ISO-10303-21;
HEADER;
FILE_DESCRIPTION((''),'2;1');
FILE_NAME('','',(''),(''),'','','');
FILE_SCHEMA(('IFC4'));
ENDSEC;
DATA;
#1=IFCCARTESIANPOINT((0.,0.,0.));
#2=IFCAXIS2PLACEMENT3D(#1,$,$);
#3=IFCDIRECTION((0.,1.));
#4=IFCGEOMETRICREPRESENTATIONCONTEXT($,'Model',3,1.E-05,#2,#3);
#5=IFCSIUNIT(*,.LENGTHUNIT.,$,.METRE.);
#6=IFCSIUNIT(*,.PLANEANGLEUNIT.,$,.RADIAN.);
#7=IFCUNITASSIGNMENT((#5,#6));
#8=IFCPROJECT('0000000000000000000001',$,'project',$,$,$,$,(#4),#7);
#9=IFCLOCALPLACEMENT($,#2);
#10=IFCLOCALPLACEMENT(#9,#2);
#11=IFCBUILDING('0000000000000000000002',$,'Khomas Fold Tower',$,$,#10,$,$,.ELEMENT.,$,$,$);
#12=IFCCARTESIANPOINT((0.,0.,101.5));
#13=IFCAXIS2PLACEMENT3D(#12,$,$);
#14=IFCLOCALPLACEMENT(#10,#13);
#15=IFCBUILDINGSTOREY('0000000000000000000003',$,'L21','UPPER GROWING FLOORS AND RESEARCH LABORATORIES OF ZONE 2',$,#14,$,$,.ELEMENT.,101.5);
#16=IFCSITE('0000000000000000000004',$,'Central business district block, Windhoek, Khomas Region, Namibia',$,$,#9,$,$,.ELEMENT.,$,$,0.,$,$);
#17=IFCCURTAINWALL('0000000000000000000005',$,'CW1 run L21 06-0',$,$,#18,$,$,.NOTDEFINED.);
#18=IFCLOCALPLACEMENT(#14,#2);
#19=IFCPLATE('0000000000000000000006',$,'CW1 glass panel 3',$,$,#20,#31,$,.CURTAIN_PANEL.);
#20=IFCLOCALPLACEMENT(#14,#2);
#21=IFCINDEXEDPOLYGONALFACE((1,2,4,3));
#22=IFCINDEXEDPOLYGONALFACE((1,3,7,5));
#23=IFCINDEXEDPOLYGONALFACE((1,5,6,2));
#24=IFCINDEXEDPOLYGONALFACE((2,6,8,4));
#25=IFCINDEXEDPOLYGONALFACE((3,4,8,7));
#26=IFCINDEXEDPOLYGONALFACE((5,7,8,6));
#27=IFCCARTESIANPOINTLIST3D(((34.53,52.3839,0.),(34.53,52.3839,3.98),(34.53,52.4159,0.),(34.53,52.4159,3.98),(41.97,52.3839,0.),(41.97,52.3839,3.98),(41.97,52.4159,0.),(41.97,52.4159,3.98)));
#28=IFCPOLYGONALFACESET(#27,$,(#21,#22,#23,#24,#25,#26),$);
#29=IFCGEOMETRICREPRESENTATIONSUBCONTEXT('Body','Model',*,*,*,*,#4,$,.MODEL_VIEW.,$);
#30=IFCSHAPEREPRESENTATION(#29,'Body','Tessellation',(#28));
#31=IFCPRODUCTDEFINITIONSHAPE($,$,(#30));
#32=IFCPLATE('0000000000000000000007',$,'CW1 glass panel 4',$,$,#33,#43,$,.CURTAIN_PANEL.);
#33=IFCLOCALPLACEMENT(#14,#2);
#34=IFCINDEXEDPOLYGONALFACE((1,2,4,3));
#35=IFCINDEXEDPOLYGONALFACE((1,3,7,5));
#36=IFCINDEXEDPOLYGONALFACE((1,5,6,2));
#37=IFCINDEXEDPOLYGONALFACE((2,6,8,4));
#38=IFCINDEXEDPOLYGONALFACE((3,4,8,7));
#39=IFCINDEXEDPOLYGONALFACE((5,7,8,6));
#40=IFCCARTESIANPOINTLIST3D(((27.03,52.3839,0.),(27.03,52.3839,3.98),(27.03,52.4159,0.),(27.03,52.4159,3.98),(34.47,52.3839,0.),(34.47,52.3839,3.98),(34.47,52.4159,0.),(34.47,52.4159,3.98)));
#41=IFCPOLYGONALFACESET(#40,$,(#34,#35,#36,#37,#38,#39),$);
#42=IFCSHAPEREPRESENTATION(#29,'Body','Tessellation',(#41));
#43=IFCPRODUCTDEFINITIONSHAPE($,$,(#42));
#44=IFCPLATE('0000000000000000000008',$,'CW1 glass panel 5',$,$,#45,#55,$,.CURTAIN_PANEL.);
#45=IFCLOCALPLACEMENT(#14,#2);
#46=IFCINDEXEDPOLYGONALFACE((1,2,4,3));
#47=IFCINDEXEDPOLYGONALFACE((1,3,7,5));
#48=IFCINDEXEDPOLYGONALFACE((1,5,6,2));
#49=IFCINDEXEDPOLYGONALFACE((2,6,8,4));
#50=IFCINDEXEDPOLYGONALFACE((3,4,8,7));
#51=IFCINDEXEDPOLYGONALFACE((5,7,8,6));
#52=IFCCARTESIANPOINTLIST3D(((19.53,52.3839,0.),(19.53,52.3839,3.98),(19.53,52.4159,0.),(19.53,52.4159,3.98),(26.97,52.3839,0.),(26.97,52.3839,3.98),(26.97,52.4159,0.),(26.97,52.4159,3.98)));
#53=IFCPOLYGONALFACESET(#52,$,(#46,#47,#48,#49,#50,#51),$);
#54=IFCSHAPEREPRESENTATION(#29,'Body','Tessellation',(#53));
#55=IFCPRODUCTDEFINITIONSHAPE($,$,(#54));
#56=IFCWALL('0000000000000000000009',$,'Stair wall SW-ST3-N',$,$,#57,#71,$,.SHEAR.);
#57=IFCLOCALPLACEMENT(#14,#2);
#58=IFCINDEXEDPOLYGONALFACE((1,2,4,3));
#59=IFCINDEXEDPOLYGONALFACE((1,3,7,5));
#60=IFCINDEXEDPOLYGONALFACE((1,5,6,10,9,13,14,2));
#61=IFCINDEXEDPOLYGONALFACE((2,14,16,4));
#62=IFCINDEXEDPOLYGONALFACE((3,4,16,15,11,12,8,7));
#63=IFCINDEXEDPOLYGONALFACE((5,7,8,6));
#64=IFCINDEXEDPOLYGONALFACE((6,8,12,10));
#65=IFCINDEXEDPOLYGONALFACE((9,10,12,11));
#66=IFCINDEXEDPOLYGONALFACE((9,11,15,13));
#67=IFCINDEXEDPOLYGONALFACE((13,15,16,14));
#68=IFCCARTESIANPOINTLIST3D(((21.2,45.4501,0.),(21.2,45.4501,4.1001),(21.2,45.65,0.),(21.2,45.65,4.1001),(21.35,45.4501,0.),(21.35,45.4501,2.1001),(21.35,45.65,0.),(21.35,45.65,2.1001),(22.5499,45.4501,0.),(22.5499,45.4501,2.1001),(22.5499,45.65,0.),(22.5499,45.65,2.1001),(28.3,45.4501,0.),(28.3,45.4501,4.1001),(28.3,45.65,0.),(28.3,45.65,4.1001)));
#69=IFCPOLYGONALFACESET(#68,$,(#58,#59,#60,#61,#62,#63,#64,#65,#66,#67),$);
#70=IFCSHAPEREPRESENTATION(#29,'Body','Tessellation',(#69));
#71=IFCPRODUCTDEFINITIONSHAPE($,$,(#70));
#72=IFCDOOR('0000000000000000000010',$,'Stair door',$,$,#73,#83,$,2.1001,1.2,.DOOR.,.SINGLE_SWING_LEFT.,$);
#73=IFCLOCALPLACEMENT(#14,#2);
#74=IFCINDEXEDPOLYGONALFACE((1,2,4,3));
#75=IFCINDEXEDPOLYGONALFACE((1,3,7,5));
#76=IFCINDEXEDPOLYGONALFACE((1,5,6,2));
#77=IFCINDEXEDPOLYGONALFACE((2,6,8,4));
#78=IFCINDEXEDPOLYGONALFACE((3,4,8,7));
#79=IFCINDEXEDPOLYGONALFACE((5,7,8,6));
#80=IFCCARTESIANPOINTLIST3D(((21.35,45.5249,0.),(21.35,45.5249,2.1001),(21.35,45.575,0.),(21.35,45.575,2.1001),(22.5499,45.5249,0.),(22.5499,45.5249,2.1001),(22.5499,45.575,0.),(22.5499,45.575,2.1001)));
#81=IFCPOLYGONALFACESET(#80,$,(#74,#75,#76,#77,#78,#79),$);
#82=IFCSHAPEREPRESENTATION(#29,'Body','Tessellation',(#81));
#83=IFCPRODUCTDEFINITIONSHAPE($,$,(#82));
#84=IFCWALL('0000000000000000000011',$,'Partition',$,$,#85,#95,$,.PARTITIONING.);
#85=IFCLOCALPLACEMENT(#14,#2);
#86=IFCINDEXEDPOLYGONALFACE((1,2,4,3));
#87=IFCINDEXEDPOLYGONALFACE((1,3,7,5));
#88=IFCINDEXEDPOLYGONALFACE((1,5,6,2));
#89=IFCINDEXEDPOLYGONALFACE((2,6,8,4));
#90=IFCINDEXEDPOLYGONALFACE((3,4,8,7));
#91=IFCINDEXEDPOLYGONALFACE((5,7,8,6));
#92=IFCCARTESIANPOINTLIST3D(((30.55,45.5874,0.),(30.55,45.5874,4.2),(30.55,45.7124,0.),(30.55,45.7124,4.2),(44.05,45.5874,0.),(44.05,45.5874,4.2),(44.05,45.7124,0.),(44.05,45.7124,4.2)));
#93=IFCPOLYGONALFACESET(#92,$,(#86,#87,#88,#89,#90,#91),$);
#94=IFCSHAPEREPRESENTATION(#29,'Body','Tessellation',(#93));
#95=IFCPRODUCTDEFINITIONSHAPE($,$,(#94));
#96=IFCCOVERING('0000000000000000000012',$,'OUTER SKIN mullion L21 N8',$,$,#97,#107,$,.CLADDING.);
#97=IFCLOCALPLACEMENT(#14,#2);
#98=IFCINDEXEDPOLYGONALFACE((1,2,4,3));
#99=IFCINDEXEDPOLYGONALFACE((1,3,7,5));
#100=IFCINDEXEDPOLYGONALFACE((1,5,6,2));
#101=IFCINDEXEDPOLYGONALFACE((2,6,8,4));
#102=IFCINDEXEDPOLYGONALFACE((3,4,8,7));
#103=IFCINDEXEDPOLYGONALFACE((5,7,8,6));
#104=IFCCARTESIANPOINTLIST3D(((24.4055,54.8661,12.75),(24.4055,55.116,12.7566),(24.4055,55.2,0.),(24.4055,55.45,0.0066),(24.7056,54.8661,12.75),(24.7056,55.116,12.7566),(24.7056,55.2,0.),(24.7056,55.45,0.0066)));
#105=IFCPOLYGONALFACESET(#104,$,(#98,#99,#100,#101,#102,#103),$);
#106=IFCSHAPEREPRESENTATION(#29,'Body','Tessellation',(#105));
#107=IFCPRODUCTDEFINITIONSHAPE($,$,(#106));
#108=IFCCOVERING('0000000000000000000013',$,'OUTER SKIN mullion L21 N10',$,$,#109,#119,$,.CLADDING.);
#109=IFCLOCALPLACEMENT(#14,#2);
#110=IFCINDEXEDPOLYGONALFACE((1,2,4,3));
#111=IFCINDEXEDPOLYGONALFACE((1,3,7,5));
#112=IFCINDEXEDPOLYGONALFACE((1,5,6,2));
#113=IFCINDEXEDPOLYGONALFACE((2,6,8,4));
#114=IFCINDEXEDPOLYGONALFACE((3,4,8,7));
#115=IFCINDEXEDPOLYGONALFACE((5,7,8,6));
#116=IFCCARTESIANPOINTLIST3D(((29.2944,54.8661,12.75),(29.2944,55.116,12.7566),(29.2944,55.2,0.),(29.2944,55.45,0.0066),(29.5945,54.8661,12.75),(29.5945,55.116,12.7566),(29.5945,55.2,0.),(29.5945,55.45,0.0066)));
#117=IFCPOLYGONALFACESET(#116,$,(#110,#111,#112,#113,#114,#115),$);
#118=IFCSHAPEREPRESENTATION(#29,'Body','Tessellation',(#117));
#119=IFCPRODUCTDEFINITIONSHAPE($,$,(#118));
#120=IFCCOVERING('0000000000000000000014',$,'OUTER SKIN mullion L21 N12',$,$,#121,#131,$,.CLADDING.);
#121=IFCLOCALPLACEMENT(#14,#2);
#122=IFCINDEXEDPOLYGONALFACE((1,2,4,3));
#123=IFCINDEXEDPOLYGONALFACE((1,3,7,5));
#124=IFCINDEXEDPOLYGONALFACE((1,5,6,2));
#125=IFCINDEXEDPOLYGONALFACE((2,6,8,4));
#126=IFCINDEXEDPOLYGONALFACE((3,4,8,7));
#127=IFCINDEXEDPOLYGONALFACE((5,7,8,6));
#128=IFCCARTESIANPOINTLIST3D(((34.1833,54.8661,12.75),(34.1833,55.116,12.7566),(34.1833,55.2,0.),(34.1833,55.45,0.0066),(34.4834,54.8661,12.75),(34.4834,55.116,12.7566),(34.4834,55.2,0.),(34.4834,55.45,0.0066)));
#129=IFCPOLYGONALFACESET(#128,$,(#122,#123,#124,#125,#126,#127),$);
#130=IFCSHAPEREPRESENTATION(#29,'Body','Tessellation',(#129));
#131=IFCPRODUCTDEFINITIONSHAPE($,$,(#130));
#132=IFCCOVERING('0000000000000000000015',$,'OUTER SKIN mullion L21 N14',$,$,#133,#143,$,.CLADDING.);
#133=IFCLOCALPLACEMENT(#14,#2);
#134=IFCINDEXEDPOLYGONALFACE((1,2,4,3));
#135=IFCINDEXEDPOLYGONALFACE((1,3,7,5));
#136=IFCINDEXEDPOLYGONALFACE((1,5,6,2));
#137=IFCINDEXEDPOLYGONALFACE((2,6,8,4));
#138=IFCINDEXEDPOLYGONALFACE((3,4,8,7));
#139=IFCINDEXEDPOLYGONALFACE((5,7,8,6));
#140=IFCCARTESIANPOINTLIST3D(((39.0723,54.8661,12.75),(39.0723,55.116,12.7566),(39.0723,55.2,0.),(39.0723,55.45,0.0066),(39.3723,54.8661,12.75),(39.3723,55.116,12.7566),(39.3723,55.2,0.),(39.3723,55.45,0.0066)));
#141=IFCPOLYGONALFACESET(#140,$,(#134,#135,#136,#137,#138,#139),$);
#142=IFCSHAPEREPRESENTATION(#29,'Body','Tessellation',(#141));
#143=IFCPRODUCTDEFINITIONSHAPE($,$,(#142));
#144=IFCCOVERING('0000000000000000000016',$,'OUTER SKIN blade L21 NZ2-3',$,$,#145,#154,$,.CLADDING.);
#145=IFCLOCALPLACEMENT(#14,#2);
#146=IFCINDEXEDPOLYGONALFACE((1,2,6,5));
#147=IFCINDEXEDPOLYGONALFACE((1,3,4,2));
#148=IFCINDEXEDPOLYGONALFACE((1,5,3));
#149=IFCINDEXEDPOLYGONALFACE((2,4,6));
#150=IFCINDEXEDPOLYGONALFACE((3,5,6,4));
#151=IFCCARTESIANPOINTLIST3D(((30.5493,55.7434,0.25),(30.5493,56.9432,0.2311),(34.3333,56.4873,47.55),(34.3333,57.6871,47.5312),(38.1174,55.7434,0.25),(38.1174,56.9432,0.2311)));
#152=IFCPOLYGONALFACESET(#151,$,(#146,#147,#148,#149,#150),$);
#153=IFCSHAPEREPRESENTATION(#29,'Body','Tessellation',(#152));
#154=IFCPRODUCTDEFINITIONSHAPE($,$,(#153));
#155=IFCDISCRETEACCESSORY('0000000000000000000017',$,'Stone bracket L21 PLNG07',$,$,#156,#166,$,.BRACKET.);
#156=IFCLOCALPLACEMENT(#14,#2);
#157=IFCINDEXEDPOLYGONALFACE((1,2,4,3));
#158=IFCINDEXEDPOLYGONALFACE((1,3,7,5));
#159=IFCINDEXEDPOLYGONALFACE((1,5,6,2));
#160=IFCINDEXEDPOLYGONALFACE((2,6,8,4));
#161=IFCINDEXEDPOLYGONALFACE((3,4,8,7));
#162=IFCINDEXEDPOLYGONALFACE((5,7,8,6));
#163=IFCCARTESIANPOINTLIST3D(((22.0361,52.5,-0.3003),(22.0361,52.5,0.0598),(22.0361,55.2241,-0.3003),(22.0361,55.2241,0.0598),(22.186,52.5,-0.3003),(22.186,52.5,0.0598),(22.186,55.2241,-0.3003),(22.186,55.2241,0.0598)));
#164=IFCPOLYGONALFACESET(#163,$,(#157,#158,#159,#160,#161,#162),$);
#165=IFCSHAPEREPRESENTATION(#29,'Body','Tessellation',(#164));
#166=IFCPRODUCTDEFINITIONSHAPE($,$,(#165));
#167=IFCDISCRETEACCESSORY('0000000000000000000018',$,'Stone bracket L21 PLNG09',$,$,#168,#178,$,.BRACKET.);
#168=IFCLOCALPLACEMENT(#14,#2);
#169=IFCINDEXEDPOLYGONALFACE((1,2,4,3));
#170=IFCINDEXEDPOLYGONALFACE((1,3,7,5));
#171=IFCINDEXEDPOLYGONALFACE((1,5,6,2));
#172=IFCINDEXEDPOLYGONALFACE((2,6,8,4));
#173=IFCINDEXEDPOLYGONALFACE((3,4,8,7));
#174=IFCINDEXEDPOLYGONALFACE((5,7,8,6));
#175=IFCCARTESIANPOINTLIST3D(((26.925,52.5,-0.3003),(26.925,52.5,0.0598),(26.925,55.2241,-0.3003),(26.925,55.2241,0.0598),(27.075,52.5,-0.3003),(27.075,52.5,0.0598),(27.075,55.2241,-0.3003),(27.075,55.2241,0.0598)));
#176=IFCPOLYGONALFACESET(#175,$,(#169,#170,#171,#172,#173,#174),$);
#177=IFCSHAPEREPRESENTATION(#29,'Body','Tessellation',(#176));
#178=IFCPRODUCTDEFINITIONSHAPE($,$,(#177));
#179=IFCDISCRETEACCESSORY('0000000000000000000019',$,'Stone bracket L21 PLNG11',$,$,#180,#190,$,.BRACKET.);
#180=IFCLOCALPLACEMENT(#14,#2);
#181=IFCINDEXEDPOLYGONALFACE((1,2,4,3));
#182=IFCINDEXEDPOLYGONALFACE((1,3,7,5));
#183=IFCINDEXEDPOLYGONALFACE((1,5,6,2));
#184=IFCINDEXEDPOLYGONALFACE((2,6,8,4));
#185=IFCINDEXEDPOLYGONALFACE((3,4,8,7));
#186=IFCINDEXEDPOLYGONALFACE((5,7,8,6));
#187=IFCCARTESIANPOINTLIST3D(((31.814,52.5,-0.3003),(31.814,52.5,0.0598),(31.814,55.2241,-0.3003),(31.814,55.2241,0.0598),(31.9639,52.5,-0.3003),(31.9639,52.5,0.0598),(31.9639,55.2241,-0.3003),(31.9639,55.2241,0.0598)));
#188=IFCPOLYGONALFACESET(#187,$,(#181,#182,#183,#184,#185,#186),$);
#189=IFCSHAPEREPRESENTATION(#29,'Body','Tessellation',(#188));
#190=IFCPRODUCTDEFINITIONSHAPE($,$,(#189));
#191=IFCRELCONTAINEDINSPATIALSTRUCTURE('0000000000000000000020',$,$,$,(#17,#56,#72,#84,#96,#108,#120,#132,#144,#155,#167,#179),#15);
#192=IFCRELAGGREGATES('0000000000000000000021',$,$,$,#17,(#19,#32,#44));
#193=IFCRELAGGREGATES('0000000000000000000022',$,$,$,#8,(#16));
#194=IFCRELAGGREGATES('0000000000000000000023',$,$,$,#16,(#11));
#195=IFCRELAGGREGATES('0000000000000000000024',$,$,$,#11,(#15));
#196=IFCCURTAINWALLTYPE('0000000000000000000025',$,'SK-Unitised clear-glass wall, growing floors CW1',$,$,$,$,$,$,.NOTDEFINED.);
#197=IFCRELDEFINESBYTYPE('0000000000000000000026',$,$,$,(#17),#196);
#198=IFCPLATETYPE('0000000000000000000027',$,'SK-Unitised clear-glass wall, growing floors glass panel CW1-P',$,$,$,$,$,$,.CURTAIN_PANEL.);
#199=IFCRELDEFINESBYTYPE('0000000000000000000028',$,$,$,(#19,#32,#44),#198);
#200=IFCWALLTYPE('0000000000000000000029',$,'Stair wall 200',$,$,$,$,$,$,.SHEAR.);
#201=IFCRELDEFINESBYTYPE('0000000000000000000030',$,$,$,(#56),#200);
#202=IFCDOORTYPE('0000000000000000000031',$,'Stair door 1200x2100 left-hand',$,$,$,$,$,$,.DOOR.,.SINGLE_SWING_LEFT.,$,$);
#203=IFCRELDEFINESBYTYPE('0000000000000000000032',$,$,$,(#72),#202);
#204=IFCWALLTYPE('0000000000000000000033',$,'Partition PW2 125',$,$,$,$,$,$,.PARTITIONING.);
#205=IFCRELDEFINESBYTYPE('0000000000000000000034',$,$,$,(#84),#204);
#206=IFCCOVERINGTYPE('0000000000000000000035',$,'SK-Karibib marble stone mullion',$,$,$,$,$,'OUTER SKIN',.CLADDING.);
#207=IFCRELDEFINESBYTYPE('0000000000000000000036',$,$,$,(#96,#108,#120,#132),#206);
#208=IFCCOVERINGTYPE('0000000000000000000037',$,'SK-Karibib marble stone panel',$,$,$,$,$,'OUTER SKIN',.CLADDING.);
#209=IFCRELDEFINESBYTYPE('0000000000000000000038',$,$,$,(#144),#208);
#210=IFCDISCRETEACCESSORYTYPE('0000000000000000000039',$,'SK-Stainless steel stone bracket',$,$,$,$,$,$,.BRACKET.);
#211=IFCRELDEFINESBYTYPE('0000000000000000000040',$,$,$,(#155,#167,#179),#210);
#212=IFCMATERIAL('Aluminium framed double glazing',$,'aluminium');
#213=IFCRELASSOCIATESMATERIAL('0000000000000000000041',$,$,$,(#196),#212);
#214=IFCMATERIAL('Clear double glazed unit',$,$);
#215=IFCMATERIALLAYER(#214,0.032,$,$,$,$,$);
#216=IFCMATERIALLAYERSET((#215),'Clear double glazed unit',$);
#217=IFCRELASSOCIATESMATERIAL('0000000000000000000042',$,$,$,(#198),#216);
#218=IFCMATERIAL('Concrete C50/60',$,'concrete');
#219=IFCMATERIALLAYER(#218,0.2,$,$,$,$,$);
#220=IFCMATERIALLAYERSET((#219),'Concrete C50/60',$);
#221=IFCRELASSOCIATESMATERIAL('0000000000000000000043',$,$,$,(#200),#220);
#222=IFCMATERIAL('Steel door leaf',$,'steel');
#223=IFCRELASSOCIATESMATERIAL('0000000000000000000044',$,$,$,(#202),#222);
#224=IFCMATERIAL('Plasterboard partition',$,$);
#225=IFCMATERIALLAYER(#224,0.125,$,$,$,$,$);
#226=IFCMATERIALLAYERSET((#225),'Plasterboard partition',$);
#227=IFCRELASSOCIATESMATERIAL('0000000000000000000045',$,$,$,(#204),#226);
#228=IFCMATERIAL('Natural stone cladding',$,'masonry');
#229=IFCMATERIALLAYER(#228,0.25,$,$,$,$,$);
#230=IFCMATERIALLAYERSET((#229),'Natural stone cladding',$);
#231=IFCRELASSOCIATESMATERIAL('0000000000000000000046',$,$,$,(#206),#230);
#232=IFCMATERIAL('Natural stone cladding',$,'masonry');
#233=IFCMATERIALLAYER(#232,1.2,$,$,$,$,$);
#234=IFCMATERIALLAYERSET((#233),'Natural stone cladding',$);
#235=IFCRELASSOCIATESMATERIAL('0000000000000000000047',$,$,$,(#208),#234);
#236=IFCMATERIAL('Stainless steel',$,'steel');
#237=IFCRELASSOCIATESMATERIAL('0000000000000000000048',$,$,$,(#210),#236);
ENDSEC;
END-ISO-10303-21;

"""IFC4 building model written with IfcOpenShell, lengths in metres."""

from ifc_helpers import new_model, si_unit, direction, frame, frame_2d, origin, origin_2d, place, context, subcontext, project, spatial, polyline, rectangle, outline, extrude, source, transform, mapped, material, layer, layer_set, type_object, element, fill, aggregate, save


model = new_model("IFC4")

# Units and contexts
model_context = context("Model", 3, precision=1e-05, world=origin(), true_north=direction((0.0, 1.0)))
body_context = subcontext(model_context, "Body", "Model", "MODEL_VIEW")
ifc_project = project(units=[si_unit("LENGTHUNIT", "METRE"), si_unit("PLANEANGLEUNIT", "RADIAN")], contexts=[model_context])

# Site, building, storey
site_placement = place(None, origin())
site = spatial("IfcSite", under=ifc_project, at=site_placement, Name="Central business district block, Windhoek, Khomas Region, Namibia", CompositionType="ELEMENT", RefElevation=0.0)
building_placement = place(site_placement, origin())
building = spatial("IfcBuilding", under=site, at=building_placement, Name="Khomas Fold Tower", CompositionType="ELEMENT")
storey_placement = place(building_placement, frame((0.0, 0.0, 101.5)))
storey = spatial("IfcBuildingStorey", under=building, at=storey_placement, Name="L21", Description="UPPER GROWING FLOORS AND RESEARCH LABORATORIES OF ZONE 2", CompositionType="ELEMENT", Elevation=101.5)

# Curtain wall
ifc_material_1 = material(Name="Aluminium framed double glazing", Category="aluminium")
curtain_wall_type = type_object("IfcCurtainWallType", Name="SK-Unitised clear-glass wall, growing floors CW1", PredefinedType="NOTDEFINED", material=ifc_material_1)
curtain_wall_placement = place(storey_placement, origin())
curtain_wall = element("IfcCurtainWall", 1, at=curtain_wall_placement, inside=storey, type_object=curtain_wall_type, Name="CW1 run L21 06-0", PredefinedType="NOTDEFINED")

# Plates
ifc_material_2 = material(Name="Clear double glazed unit")
ifc_layer_1 = layer(ifc_material_2, 0.032)
ifc_layer_set_1 = layer_set([ifc_layer_1], Name="Clear double glazed unit")
plate_type_1 = type_object("IfcPlateType", Name="SK-Unitised clear-glass wall, growing floors glass panel CW1-P", PredefinedType="CURTAIN_PANEL", material=ifc_layer_set_1)
shared_shape_1 = source(origin(), body_context, "Body", "SweptSolid", [
    extrude(rectangle(XDim=7.4399, YDim=0.032, at=origin_2d()), origin(), (0.0, 0.0, 1.0), 3.98),
])
plate_1_placement = place(storey_placement, frame((38.25, 52.3999, 0.0), z_axis=(0.0, 0.0, 1.0), x_axis=(-1.0, 0.0, 0.0)))
plate_1 = element("IfcPlate", 2, at=plate_1_placement, type_object=plate_type_1, Name="CW1 glass panel 3", PredefinedType="CURTAIN_PANEL", context=body_context, shape_type="MappedRepresentation", body=[
    mapped(shared_shape_1, transform((0.0, 0.0, 0.0))),
])
plate_2_placement = place(storey_placement, frame((30.75, 52.3999, 0.0), z_axis=(0.0, 0.0, 1.0), x_axis=(-1.0, 0.0, 0.0)))
plate_2 = element("IfcPlate", 3, at=plate_2_placement, type_object=plate_type_1, Name="CW1 glass panel 4", PredefinedType="CURTAIN_PANEL", context=body_context, shape_type="MappedRepresentation", body=[
    mapped(shared_shape_1, transform((0.0, 0.0, 0.0))),
])
plate_3_placement = place(storey_placement, frame((23.25, 52.3999, 0.0), z_axis=(0.0, 0.0, 1.0), x_axis=(-1.0, 0.0, 0.0)))
plate_3 = element("IfcPlate", 4, at=plate_3_placement, type_object=plate_type_1, Name="CW1 glass panel 5", PredefinedType="CURTAIN_PANEL", context=body_context, shape_type="MappedRepresentation", body=[
    mapped(shared_shape_1, transform((0.0, 0.0, 0.0))),
])
aggregate(curtain_wall, [plate_1, plate_2, plate_3])

# Wall, opening, door
ifc_material_3 = material(Name="Concrete C50/60", Category="concrete")
ifc_layer_2 = layer(ifc_material_3, 0.2)
ifc_layer_set_2 = layer_set([ifc_layer_2], Name="Concrete C50/60")
wall_type_1 = type_object("IfcWallType", Name="Stair wall 200", PredefinedType="SHEAR", material=ifc_layer_set_2)
shared_shape_2 = source(origin(), body_context, "Body", "SweptSolid", [
    extrude(rectangle(XDim=7.1001, YDim=0.2, at=frame_2d((3.55, 0.0))), origin(), (0.0, 0.0, 1.0), 4.1001),
])
wall_1_placement = place(storey_placement, frame((21.2, 45.55, 0.0), z_axis=(0.0, 0.0, 1.0), x_axis=(1.0, 0.0, 0.0)))
wall_1 = element("IfcWall", 5, at=wall_1_placement, inside=storey, type_object=wall_type_1, Name="Stair wall SW-ST3-N", PredefinedType="SHEAR", context=body_context, shape_type="MappedRepresentation", body=[
    mapped(shared_shape_2, transform((0.0, 0.0, 0.0))),
])
shared_shape_3 = source(origin(), body_context, "Body", "SweptSolid", [
    extrude(rectangle(XDim=1.2, YDim=2.1001, at=frame_2d((0.6001, 1.05))), frame((0.0, 0.1099, 0.0), z_axis=(0.0, -1.0, 0.0), x_axis=(1.0, 0.0, 0.0)), (0.0, 0.0, 1.0), 0.22),
])
opening_placement = place(wall_1_placement, frame((0.1499, 0.0, 0.0)))
opening = element("IfcOpeningElement", 6, at=opening_placement, cuts=wall_1, PredefinedType="OPENING", context=body_context, shape_type="MappedRepresentation", body=[
    mapped(shared_shape_3, transform((0.0, 0.0, 0.0))),
])
ifc_material_4 = material(Name="Steel door leaf", Category="steel")
door_type = type_object("IfcDoorType", Name="Stair door 1200x2100 left-hand", OperationType="SINGLE_SWING_LEFT", PredefinedType="DOOR", material=ifc_material_4)
shared_shape_4 = source(origin(), body_context, "Body", "SweptSolid", [
    extrude(rectangle(XDim=1.2, YDim=2.1001, at=frame_2d((0.6001, 1.05))), frame((0.0, 0.0249, 0.0), z_axis=(0.0, -1.0, 0.0), x_axis=(1.0, 0.0, 0.0)), (0.0, 0.0, 1.0), 0.05),
])
door_placement = place(opening_placement, origin())
door = element("IfcDoor", 7, at=door_placement, inside=storey, type_object=door_type, Name="Stair door", OperationType="SINGLE_SWING_LEFT", OverallHeight=2.1001, OverallWidth=1.2, PredefinedType="DOOR", context=body_context, shape_type="MappedRepresentation", body=[
    mapped(shared_shape_4, transform((0.0, 0.0, 0.0))),
])
fill(opening, door)

# Wall
ifc_material_5 = material(Name="Plasterboard partition")
ifc_layer_3 = layer(ifc_material_5, 0.125)
ifc_layer_set_3 = layer_set([ifc_layer_3], Name="Plasterboard partition")
wall_type_2 = type_object("IfcWallType", Name="Partition PW2 125", PredefinedType="PARTITIONING", material=ifc_layer_set_3)
shared_shape_5 = source(origin(), body_context, "Body", "SweptSolid", [
    extrude(rectangle(XDim=13.5, YDim=0.125, at=frame_2d((6.75, 0.0))), origin(), (0.0, 0.0, 1.0), 4.2),
])
wall_2_placement = place(storey_placement, frame((30.55, 45.6499, 0.0), z_axis=(0.0, 0.0, 1.0), x_axis=(1.0, 0.0, 0.0)))
element("IfcWall", 8, at=wall_2_placement, inside=storey, type_object=wall_type_2, Name="Partition", PredefinedType="PARTITIONING", context=body_context, shape_type="MappedRepresentation", body=[
    mapped(shared_shape_5, transform((0.0, 0.0, 0.0))),
])

# Coverings
ifc_material_6 = material(Name="Natural stone cladding", Category="masonry")
ifc_layer_4 = layer(ifc_material_6, 0.25)
ifc_layer_set_4 = layer_set([ifc_layer_4], Name="Natural stone cladding")
covering_type_1 = type_object("IfcCoveringType", Name="SK-Karibib marble stone mullion", ElementType="OUTER SKIN", PredefinedType="CLADDING", material=ifc_layer_set_4)
for number, where, z_axis, x_axis, name in (
    (9, (24.4055, 55.45, 0.0066), (0.0, 0.999657, 0.026186), (1.0, 0.0, 0.0), "OUTER SKIN mullion L21 N8"),
    (10, (29.2944, 55.45, 0.0066), (0.0, 0.999657, 0.026186), (1.0, 0.0, 0.0), "OUTER SKIN mullion L21 N10"),
    (11, (34.1833, 55.45, 0.0066), (0.0, 0.999657, 0.026186), (1.0, 0.0, 0.0), "OUTER SKIN mullion L21 N12"),
    (12, (39.0723, 55.45, 0.0066), (0.0, 0.999657, 0.026186), (1.0, 0.0, 0.0), "OUTER SKIN mullion L21 N14"),
):
    element("IfcCovering", number, at=place(storey_placement, frame(where, z_axis=z_axis, x_axis=x_axis)), inside=storey, type_object=covering_type_1, Name=name, PredefinedType="CLADDING", context=body_context, shape_type="SweptSolid", body=[
        extrude(outline(polyline([(0.0, 0.0), (0.3, 0.0), (0.3, -12.7544), (0.0, -12.7544), (0.0, 0.0)])), origin(), (0.0, 0.0, -1.0), 0.25),
    ])
ifc_material_7 = material(Name="Natural stone cladding", Category="masonry")
ifc_layer_5 = layer(ifc_material_7, 1.2)
ifc_layer_set_5 = layer_set([ifc_layer_5], Name="Natural stone cladding")
covering_type_2 = type_object("IfcCoveringType", Name="SK-Karibib marble stone panel", ElementType="OUTER SKIN", PredefinedType="CLADDING", material=ifc_layer_set_5)
covering_placement = place(storey_placement, frame((30.5493, 55.7434, 0.25), z_axis=(0.0, -0.999876, 0.015725), x_axis=(1.0, 0.0, 0.0)))
element("IfcCovering", 13, at=covering_placement, inside=storey, type_object=covering_type_2, Name="OUTER SKIN blade L21 NZ2-3", PredefinedType="CLADDING", context=body_context, shape_type="SweptSolid", body=[
    extrude(outline(polyline([(0.0, 0.0), (7.5681, 0.0), (3.7839, 47.3059), (0.0, 0.0)])), origin(), (0.0, 0.0, -1.0), 1.2),
])

# Discrete accessories
ifc_material_8 = material(Name="Stainless steel", Category="steel")
discrete_accessory_type = type_object("IfcDiscreteAccessoryType", Name="SK-Stainless steel stone bracket", PredefinedType="BRACKET", material=ifc_material_8)
shared_shape_6 = source(origin(), body_context, "Body", "SweptSolid", [
    extrude(rectangle(XDim=2.7241, YDim=0.1499, at=origin_2d()), origin(), (0.0, 0.0, 1.0), 0.3601),
])
for number, where, z_axis, x_axis, name in (
    (14, (22.1111, 53.8621, -0.3003), (0.0, 0.0, 1.0), (0.0, 1.0, 0.0), "Stone bracket L21 PLNG07"),
    (15, (27.0, 53.8621, -0.3003), (0.0, 0.0, 1.0), (0.0, 1.0, 0.0), "Stone bracket L21 PLNG09"),
    (16, (31.8889, 53.8621, -0.3003), (0.0, 0.0, 1.0), (0.0, 1.0, 0.0), "Stone bracket L21 PLNG11"),
):
    element("IfcDiscreteAccessory", number, at=place(storey_placement, frame(where, z_axis=z_axis, x_axis=x_axis)), inside=storey, type_object=discrete_accessory_type, Name=name, PredefinedType="BRACKET", context=body_context, shape_type="MappedRepresentation", body=[
        mapped(shared_shape_6, transform((0.0, 0.0, 0.0))),
    ])

save(model, "model.ifc")
